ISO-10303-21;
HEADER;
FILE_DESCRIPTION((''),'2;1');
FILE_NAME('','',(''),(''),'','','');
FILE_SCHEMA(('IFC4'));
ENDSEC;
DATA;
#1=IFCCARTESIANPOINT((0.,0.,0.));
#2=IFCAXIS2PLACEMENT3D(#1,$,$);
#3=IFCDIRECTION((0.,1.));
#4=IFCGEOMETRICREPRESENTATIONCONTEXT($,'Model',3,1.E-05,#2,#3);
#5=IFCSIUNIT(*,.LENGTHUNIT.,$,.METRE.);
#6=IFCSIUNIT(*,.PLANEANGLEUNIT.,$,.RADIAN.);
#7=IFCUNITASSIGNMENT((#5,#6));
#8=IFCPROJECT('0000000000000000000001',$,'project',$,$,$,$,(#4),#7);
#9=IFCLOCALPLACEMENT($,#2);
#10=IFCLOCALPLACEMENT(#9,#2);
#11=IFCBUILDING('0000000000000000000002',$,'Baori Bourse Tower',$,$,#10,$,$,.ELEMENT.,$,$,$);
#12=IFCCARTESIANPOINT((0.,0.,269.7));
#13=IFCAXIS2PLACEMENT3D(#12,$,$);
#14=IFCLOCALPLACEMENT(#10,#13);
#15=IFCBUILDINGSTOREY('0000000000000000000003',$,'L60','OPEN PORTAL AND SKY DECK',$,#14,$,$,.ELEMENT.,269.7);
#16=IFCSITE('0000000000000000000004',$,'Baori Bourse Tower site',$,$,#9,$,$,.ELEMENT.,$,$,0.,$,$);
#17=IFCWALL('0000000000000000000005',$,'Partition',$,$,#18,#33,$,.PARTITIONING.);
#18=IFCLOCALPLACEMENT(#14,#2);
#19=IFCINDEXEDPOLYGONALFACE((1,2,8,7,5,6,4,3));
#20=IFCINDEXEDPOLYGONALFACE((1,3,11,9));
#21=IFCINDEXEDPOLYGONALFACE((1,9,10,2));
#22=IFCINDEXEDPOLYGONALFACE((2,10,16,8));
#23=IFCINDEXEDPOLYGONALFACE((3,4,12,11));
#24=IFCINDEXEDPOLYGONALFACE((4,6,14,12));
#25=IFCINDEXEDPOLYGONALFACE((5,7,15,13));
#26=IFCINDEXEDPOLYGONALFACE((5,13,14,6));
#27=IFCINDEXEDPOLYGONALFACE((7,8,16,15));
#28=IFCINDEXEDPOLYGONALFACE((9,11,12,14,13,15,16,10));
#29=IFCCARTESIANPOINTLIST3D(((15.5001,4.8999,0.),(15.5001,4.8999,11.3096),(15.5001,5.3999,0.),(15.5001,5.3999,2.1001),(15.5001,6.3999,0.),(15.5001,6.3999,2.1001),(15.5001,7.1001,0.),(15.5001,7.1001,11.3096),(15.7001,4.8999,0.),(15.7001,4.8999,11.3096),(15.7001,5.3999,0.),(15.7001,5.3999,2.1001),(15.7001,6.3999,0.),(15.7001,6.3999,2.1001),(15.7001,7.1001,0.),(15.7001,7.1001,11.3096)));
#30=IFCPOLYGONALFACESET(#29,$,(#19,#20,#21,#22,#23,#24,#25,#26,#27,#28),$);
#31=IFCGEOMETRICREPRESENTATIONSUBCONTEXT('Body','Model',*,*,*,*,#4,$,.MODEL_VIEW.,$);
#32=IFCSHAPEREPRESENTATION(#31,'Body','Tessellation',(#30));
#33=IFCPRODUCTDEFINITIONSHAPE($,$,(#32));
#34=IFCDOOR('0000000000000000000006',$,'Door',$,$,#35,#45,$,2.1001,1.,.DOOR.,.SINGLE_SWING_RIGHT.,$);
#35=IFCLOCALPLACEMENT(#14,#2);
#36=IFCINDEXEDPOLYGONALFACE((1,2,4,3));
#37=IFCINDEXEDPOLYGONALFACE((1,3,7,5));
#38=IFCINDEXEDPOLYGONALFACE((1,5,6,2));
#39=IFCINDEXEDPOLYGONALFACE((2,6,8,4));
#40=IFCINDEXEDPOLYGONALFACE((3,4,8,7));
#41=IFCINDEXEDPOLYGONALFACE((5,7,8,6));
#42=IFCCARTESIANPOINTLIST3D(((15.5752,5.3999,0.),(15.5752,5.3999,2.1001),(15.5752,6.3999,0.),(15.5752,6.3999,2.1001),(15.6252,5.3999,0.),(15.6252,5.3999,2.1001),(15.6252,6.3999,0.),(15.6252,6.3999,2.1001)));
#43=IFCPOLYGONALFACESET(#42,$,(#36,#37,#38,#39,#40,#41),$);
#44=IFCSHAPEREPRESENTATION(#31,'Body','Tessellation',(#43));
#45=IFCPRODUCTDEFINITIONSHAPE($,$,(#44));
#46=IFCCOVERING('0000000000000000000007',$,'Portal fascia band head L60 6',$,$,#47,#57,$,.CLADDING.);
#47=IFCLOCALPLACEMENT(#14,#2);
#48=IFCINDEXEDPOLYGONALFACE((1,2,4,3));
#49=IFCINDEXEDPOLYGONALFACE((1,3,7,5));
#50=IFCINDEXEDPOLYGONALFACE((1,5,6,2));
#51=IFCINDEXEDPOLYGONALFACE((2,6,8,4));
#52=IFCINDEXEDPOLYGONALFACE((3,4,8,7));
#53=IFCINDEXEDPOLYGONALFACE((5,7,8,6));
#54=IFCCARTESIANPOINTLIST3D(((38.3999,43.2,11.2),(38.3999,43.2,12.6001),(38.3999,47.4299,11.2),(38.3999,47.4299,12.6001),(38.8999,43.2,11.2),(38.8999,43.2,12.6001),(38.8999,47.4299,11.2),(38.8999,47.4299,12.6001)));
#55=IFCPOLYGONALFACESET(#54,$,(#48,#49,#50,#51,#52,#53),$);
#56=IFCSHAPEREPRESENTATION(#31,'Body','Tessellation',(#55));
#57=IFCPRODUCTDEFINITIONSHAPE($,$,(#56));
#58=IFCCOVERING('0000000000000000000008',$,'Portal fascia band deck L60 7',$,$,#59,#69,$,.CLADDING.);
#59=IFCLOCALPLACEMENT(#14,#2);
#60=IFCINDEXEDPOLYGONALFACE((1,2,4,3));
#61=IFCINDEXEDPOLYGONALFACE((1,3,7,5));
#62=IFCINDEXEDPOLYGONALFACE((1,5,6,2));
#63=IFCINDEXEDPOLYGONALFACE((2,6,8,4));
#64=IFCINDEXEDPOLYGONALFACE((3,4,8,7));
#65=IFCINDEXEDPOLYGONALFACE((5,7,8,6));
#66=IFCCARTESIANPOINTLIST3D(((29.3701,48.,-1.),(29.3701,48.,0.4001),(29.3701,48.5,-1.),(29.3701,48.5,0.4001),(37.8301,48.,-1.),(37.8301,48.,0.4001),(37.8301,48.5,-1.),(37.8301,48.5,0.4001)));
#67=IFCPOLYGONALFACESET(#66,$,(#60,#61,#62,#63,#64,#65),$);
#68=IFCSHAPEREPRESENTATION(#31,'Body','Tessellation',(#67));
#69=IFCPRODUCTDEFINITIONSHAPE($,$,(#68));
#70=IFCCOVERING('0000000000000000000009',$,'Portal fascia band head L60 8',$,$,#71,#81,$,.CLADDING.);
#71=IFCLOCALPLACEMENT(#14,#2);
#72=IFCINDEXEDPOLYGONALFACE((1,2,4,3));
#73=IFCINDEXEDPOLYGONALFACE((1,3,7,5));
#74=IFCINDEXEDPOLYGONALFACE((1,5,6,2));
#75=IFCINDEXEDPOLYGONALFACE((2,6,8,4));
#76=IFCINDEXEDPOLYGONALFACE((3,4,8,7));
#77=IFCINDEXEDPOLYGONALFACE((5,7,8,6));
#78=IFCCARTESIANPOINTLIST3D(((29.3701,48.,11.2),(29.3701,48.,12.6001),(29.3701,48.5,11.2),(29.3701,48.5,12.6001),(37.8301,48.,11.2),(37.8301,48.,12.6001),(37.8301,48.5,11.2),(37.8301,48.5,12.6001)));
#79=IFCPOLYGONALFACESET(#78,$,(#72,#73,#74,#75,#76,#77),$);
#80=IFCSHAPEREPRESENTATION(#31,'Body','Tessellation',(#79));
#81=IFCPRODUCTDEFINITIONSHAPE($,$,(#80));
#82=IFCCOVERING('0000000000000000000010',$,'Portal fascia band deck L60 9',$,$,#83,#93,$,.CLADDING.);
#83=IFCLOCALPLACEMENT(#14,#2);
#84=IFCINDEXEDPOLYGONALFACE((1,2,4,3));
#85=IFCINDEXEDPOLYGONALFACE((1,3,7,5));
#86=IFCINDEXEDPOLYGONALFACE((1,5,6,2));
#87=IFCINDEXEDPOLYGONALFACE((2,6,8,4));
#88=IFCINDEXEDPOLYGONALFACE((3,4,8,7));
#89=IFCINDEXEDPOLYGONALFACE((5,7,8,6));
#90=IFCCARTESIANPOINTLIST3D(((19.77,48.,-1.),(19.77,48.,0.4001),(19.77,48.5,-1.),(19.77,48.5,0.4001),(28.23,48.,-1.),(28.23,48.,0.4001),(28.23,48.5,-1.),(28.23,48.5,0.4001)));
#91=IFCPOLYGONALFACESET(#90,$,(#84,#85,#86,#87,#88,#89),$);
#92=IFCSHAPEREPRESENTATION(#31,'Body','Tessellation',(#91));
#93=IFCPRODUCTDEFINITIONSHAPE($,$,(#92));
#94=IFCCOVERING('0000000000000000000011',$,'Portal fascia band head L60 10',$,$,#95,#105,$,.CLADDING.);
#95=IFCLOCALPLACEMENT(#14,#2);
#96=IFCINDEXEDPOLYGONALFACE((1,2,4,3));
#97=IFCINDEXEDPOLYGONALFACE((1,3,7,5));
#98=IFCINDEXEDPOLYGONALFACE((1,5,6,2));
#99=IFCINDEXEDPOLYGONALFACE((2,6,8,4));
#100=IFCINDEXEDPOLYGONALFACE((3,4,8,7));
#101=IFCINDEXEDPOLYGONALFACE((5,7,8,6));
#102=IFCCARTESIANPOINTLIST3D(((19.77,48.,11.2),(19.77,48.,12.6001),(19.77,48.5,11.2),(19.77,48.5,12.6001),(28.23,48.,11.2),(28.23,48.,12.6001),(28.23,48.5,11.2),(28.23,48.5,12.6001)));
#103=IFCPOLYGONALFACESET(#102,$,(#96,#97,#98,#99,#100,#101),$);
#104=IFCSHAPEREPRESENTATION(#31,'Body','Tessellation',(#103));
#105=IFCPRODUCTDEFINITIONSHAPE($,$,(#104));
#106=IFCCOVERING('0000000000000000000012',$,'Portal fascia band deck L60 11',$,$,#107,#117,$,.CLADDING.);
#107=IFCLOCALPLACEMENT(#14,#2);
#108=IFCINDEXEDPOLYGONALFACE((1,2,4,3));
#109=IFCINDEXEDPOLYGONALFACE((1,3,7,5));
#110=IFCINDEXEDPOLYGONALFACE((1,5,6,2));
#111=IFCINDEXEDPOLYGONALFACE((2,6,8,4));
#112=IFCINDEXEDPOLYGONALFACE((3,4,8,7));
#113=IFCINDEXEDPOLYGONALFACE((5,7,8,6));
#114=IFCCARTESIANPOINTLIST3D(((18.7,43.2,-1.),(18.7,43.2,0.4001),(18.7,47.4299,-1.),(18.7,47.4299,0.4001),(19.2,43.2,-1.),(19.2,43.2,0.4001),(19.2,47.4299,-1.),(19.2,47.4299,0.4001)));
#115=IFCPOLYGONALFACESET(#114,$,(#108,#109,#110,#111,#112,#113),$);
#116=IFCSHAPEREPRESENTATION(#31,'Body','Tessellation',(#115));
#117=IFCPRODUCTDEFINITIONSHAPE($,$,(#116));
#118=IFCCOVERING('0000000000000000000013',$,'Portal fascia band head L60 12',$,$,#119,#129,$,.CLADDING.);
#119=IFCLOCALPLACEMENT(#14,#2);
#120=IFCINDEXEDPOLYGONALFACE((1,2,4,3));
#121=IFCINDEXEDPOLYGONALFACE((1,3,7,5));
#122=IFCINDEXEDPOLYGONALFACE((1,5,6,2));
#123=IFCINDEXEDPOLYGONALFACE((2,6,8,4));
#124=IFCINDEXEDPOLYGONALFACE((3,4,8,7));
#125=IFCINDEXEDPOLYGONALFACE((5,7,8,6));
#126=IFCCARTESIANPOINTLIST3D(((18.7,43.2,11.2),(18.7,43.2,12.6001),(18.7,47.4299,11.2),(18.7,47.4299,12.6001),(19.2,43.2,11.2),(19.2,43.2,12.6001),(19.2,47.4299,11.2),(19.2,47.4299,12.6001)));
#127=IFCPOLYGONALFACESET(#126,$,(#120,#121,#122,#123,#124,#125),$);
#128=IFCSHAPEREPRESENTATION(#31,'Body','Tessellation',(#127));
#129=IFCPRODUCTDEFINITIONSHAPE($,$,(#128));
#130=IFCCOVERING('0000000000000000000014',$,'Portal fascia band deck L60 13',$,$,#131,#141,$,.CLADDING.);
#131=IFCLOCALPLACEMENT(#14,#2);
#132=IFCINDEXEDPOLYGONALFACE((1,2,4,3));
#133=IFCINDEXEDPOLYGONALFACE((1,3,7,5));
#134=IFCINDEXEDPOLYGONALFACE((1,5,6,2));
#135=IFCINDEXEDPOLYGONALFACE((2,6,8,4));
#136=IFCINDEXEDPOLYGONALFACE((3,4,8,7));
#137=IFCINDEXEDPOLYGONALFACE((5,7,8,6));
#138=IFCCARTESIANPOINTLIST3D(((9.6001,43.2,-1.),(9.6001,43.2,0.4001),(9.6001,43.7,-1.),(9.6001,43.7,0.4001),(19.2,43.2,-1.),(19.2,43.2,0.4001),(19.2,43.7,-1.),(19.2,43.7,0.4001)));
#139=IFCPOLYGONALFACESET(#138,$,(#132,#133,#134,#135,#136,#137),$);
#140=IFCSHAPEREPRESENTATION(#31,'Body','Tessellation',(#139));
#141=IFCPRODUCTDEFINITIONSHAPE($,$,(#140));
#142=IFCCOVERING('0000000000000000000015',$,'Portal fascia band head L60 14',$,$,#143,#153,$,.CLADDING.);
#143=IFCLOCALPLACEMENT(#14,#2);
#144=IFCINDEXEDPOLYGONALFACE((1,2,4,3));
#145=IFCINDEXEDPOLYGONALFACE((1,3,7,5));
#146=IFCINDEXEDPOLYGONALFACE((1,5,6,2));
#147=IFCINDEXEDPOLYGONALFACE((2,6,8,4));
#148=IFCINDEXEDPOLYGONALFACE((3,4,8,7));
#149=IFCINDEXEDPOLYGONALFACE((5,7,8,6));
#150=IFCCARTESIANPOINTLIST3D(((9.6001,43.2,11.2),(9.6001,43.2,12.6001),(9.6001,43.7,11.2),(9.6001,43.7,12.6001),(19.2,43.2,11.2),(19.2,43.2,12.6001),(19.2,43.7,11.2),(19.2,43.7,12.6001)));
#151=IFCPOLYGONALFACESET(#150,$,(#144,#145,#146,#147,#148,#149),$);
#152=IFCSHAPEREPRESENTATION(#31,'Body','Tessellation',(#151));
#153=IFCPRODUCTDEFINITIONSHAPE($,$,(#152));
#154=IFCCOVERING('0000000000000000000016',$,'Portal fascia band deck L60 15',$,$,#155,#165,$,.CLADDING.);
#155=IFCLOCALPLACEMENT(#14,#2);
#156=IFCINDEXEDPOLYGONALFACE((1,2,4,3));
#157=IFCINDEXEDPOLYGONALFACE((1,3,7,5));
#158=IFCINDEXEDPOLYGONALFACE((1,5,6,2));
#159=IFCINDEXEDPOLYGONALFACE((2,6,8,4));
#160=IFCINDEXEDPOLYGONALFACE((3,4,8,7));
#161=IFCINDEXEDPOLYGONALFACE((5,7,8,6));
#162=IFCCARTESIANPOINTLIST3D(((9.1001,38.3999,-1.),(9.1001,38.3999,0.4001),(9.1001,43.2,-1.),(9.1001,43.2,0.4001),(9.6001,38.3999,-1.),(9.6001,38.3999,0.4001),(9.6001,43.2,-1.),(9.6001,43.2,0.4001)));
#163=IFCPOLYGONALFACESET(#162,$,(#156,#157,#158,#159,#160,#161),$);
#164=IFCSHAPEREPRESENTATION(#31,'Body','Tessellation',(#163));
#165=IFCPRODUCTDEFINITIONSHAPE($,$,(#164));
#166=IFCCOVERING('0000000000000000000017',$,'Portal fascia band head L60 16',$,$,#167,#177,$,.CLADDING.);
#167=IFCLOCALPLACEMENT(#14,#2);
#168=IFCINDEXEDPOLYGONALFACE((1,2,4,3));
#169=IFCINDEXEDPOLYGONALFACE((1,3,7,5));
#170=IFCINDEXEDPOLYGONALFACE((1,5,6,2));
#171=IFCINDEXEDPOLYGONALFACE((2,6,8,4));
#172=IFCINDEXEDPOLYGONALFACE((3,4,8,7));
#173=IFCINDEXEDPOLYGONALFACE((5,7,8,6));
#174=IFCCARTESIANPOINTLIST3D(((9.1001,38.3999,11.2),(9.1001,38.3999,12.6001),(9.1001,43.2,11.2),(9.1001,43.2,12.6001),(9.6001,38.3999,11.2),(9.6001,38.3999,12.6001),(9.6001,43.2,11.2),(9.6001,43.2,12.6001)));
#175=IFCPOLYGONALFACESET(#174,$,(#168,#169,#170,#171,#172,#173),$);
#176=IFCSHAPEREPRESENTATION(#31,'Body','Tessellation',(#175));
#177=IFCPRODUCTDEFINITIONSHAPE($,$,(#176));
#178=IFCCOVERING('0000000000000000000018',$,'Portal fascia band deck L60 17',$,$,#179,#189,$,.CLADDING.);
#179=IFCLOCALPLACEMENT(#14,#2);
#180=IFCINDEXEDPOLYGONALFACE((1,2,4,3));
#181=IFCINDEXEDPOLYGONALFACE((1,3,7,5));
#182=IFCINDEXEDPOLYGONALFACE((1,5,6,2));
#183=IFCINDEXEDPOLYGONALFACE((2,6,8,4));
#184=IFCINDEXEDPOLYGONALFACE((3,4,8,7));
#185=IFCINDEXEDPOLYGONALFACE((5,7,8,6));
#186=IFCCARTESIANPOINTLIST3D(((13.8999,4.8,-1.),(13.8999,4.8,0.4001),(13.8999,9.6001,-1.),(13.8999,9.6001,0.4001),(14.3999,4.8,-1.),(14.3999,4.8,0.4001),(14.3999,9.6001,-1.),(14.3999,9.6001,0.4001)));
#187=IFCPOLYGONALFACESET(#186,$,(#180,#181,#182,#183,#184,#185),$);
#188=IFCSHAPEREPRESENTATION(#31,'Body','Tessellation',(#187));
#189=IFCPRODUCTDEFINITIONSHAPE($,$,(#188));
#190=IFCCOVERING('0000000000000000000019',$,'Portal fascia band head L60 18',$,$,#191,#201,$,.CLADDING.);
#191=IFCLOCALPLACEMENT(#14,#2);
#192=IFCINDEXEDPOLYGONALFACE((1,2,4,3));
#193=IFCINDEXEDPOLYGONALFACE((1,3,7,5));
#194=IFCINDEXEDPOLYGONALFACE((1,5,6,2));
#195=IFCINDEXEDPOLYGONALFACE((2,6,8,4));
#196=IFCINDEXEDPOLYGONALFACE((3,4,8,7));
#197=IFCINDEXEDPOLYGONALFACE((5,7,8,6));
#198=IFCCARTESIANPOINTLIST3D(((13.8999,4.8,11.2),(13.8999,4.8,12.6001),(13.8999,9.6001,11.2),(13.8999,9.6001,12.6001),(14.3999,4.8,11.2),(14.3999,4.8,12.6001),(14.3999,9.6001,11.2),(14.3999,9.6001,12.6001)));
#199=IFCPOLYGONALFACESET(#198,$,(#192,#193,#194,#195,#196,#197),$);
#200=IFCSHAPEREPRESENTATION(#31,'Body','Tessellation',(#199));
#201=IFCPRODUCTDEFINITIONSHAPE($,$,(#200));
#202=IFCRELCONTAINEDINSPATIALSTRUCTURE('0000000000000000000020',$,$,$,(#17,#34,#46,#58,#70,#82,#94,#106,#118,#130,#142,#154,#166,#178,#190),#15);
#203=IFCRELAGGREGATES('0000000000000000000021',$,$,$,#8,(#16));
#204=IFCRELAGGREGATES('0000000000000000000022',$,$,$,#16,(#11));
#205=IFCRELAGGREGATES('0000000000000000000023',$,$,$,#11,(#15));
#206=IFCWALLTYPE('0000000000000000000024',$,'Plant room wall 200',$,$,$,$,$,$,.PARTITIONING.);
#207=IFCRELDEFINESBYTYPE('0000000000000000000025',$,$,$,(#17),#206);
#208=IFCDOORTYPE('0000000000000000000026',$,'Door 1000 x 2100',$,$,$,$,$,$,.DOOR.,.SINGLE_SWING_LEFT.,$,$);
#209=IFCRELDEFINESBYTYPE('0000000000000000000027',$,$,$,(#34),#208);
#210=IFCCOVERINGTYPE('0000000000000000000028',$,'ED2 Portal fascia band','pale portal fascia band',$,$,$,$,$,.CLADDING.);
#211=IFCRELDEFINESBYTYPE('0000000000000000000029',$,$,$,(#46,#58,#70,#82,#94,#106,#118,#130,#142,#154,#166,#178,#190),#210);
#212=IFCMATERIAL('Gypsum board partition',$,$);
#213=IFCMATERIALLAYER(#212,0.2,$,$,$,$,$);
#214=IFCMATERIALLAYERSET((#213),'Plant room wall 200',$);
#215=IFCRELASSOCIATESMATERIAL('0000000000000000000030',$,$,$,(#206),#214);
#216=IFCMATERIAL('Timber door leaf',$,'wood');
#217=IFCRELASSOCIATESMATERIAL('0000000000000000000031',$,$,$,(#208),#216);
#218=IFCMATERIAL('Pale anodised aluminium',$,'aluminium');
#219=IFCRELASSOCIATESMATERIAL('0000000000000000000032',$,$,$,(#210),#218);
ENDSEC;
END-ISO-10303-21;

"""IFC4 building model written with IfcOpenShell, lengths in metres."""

from ifc_helpers import new_model, si_unit, direction, frame, frame_2d, origin, place, context, subcontext, project, spatial, polyline, rectangle, outline, extrude, material, layer, layer_set, type_object, element, fill, save


model = new_model("IFC4")

# Units and contexts
model_context = context("Model", 3, precision=1e-05, world=origin(), true_north=direction((0.0, 1.0)))
body_context = subcontext(model_context, "Body", "Model", "MODEL_VIEW")
ifc_project = project(units=[si_unit("LENGTHUNIT", "METRE"), si_unit("PLANEANGLEUNIT", "RADIAN")], contexts=[model_context])

# Site, building, storey
site_placement = place(None, origin())
site = spatial("IfcSite", under=ifc_project, at=site_placement, Name="Baori Bourse Tower site", CompositionType="ELEMENT", RefElevation=0.0)
building_placement = place(site_placement, origin())
building = spatial("IfcBuilding", under=site, at=building_placement, Name="Baori Bourse Tower", CompositionType="ELEMENT")
storey_placement = place(building_placement, frame((0.0, 0.0, 269.7)))
storey = spatial("IfcBuildingStorey", under=building, at=storey_placement, Name="L60", Description="OPEN PORTAL AND SKY DECK", CompositionType="ELEMENT", Elevation=269.7)

# Wall, opening, door
ifc_material_1 = material(Name="Gypsum board partition")
ifc_layer = layer(ifc_material_1, 0.2)
ifc_layer_set = layer_set([ifc_layer], Name="Plant room wall 200")
wall_type = type_object("IfcWallType", Name="Plant room wall 200", PredefinedType="PARTITIONING", material=ifc_layer_set)
wall_placement = place(storey_placement, frame((15.6001, 4.8999, 0.0), z_axis=(0.0, 0.0, 1.0), x_axis=(0.0, 1.0, 0.0)))
wall = element("IfcWall", 1, at=wall_placement, inside=storey, type_object=wall_type, Name="Partition", PredefinedType="PARTITIONING", context=body_context, shape_type="SweptSolid", body=[
    extrude(rectangle(XDim=2.2002, YDim=0.2, at=frame_2d((1.1001, 0.0))), origin(), (0.0, 0.0, 1.0), 11.3096),
])
opening_placement = place(wall_placement, frame((0.5, 0.0, 0.0)))
opening = element("IfcOpeningElement", 2, at=opening_placement, cuts=wall, PredefinedType="OPENING", context=body_context, shape_type="SweptSolid", body=[
    extrude(rectangle(XDim=1.0, YDim=2.1001, at=frame_2d((0.5, 1.05))), frame((0.0, 0.1099, 0.0), z_axis=(0.0, -1.0, 0.0), x_axis=(1.0, 0.0, 0.0)), (0.0, 0.0, 1.0), 0.22),
])
ifc_material_2 = material(Name="Timber door leaf", Category="wood")
door_type = type_object("IfcDoorType", Name="Door 1000 x 2100", OperationType="SINGLE_SWING_LEFT", PredefinedType="DOOR", material=ifc_material_2)
door_placement = place(opening_placement, origin())
door = element("IfcDoor", 3, at=door_placement, inside=storey, type_object=door_type, Name="Door", OperationType="SINGLE_SWING_RIGHT", OverallHeight=2.1001, OverallWidth=1.0, PredefinedType="DOOR", context=body_context, shape_type="SweptSolid", body=[
    extrude(rectangle(XDim=1.0, YDim=2.1001, at=frame_2d((0.5, 1.05))), frame((0.0, 0.0249, 0.0), z_axis=(0.0, -1.0, 0.0), x_axis=(1.0, 0.0, 0.0)), (0.0, 0.0, 1.0), 0.05),
])
fill(opening, door)

# Coverings
ifc_material_3 = material(Name="Pale anodised aluminium", Category="aluminium")
covering_type = type_object("IfcCoveringType", Name="ED2 Portal fascia band", Description="pale portal fascia band", PredefinedType="CLADDING", material=ifc_material_3)
covering_placement = place(storey_placement, frame((0.0, 0.0, 11.2)))
element("IfcCovering", 4, at=covering_placement, inside=storey, type_object=covering_type, Name="Portal fascia band head L60 6", PredefinedType="CLADDING", context=body_context, shape_type="SweptSolid", body=[
    extrude(outline(polyline([(38.3999, 47.4299), (38.3999, 43.2), (38.8999, 43.2), (38.8999, 47.4299), (38.3999, 47.4299)])), origin(), (0.0, 0.0, 1.0), 1.4001),
])
for number, where, name in (
    (5, (0.0, 0.0, -1.0), "Portal fascia band deck L60 7"),
    (6, (0.0, 0.0, 11.2), "Portal fascia band head L60 8"),
):
    element("IfcCovering", number, at=place(storey_placement, frame(where)), inside=storey, type_object=covering_type, Name=name, PredefinedType="CLADDING", context=body_context, shape_type="SweptSolid", body=[
        extrude(outline(polyline([(29.3701, 48.0), (37.8301, 48.0), (37.8301, 48.5), (29.3701, 48.5), (29.3701, 48.0)])), origin(), (0.0, 0.0, 1.0), 1.4001),
    ])
for number, where, name in (
    (7, (0.0, 0.0, -1.0), "Portal fascia band deck L60 9"),
    (8, (0.0, 0.0, 11.2), "Portal fascia band head L60 10"),
):
    element("IfcCovering", number, at=place(storey_placement, frame(where)), inside=storey, type_object=covering_type, Name=name, PredefinedType="CLADDING", context=body_context, shape_type="SweptSolid", body=[
        extrude(outline(polyline([(19.77, 48.0), (28.23, 48.0), (28.23, 48.5), (19.77, 48.5), (19.77, 48.0)])), origin(), (0.0, 0.0, 1.0), 1.4001),
    ])
for number, where, name in (
    (9, (0.0, 0.0, -1.0), "Portal fascia band deck L60 11"),
    (10, (0.0, 0.0, 11.2), "Portal fascia band head L60 12"),
):
    element("IfcCovering", number, at=place(storey_placement, frame(where)), inside=storey, type_object=covering_type, Name=name, PredefinedType="CLADDING", context=body_context, shape_type="SweptSolid", body=[
        extrude(outline(polyline([(19.2, 43.2), (19.2, 47.4299), (18.7, 47.4299), (18.7, 43.2), (19.2, 43.2)])), origin(), (0.0, 0.0, 1.0), 1.4001),
    ])
for number, where, name in (
    (11, (0.0, 0.0, -1.0), "Portal fascia band deck L60 13"),
    (12, (0.0, 0.0, 11.2), "Portal fascia band head L60 14"),
):
    element("IfcCovering", number, at=place(storey_placement, frame(where)), inside=storey, type_object=covering_type, Name=name, PredefinedType="CLADDING", context=body_context, shape_type="SweptSolid", body=[
        extrude(outline(polyline([(9.6001, 43.2), (19.2, 43.2), (19.2, 43.7), (9.6001, 43.7), (9.6001, 43.2)])), origin(), (0.0, 0.0, 1.0), 1.4001),
    ])
for number, where, name in (
    (13, (0.0, 0.0, -1.0), "Portal fascia band deck L60 15"),
    (14, (0.0, 0.0, 11.2), "Portal fascia band head L60 16"),
):
    element("IfcCovering", number, at=place(storey_placement, frame(where)), inside=storey, type_object=covering_type, Name=name, PredefinedType="CLADDING", context=body_context, shape_type="SweptSolid", body=[
        extrude(outline(polyline([(9.6001, 38.3999), (9.6001, 43.2), (9.1001, 43.2), (9.1001, 38.3999), (9.6001, 38.3999)])), origin(), (0.0, 0.0, 1.0), 1.4001),
    ])
for number, where, name in (
    (15, (0.0, 0.0, -1.0), "Portal fascia band deck L60 17"),
    (16, (0.0, 0.0, 11.2), "Portal fascia band head L60 18"),
):
    element("IfcCovering", number, at=place(storey_placement, frame(where)), inside=storey, type_object=covering_type, Name=name, PredefinedType="CLADDING", context=body_context, shape_type="SweptSolid", body=[
        extrude(outline(polyline([(14.3999, 4.8), (14.3999, 9.6001), (13.8999, 9.6001), (13.8999, 4.8), (14.3999, 4.8)])), origin(), (0.0, 0.0, 1.0), 1.4001),
    ])

save(model, "model.ifc")
